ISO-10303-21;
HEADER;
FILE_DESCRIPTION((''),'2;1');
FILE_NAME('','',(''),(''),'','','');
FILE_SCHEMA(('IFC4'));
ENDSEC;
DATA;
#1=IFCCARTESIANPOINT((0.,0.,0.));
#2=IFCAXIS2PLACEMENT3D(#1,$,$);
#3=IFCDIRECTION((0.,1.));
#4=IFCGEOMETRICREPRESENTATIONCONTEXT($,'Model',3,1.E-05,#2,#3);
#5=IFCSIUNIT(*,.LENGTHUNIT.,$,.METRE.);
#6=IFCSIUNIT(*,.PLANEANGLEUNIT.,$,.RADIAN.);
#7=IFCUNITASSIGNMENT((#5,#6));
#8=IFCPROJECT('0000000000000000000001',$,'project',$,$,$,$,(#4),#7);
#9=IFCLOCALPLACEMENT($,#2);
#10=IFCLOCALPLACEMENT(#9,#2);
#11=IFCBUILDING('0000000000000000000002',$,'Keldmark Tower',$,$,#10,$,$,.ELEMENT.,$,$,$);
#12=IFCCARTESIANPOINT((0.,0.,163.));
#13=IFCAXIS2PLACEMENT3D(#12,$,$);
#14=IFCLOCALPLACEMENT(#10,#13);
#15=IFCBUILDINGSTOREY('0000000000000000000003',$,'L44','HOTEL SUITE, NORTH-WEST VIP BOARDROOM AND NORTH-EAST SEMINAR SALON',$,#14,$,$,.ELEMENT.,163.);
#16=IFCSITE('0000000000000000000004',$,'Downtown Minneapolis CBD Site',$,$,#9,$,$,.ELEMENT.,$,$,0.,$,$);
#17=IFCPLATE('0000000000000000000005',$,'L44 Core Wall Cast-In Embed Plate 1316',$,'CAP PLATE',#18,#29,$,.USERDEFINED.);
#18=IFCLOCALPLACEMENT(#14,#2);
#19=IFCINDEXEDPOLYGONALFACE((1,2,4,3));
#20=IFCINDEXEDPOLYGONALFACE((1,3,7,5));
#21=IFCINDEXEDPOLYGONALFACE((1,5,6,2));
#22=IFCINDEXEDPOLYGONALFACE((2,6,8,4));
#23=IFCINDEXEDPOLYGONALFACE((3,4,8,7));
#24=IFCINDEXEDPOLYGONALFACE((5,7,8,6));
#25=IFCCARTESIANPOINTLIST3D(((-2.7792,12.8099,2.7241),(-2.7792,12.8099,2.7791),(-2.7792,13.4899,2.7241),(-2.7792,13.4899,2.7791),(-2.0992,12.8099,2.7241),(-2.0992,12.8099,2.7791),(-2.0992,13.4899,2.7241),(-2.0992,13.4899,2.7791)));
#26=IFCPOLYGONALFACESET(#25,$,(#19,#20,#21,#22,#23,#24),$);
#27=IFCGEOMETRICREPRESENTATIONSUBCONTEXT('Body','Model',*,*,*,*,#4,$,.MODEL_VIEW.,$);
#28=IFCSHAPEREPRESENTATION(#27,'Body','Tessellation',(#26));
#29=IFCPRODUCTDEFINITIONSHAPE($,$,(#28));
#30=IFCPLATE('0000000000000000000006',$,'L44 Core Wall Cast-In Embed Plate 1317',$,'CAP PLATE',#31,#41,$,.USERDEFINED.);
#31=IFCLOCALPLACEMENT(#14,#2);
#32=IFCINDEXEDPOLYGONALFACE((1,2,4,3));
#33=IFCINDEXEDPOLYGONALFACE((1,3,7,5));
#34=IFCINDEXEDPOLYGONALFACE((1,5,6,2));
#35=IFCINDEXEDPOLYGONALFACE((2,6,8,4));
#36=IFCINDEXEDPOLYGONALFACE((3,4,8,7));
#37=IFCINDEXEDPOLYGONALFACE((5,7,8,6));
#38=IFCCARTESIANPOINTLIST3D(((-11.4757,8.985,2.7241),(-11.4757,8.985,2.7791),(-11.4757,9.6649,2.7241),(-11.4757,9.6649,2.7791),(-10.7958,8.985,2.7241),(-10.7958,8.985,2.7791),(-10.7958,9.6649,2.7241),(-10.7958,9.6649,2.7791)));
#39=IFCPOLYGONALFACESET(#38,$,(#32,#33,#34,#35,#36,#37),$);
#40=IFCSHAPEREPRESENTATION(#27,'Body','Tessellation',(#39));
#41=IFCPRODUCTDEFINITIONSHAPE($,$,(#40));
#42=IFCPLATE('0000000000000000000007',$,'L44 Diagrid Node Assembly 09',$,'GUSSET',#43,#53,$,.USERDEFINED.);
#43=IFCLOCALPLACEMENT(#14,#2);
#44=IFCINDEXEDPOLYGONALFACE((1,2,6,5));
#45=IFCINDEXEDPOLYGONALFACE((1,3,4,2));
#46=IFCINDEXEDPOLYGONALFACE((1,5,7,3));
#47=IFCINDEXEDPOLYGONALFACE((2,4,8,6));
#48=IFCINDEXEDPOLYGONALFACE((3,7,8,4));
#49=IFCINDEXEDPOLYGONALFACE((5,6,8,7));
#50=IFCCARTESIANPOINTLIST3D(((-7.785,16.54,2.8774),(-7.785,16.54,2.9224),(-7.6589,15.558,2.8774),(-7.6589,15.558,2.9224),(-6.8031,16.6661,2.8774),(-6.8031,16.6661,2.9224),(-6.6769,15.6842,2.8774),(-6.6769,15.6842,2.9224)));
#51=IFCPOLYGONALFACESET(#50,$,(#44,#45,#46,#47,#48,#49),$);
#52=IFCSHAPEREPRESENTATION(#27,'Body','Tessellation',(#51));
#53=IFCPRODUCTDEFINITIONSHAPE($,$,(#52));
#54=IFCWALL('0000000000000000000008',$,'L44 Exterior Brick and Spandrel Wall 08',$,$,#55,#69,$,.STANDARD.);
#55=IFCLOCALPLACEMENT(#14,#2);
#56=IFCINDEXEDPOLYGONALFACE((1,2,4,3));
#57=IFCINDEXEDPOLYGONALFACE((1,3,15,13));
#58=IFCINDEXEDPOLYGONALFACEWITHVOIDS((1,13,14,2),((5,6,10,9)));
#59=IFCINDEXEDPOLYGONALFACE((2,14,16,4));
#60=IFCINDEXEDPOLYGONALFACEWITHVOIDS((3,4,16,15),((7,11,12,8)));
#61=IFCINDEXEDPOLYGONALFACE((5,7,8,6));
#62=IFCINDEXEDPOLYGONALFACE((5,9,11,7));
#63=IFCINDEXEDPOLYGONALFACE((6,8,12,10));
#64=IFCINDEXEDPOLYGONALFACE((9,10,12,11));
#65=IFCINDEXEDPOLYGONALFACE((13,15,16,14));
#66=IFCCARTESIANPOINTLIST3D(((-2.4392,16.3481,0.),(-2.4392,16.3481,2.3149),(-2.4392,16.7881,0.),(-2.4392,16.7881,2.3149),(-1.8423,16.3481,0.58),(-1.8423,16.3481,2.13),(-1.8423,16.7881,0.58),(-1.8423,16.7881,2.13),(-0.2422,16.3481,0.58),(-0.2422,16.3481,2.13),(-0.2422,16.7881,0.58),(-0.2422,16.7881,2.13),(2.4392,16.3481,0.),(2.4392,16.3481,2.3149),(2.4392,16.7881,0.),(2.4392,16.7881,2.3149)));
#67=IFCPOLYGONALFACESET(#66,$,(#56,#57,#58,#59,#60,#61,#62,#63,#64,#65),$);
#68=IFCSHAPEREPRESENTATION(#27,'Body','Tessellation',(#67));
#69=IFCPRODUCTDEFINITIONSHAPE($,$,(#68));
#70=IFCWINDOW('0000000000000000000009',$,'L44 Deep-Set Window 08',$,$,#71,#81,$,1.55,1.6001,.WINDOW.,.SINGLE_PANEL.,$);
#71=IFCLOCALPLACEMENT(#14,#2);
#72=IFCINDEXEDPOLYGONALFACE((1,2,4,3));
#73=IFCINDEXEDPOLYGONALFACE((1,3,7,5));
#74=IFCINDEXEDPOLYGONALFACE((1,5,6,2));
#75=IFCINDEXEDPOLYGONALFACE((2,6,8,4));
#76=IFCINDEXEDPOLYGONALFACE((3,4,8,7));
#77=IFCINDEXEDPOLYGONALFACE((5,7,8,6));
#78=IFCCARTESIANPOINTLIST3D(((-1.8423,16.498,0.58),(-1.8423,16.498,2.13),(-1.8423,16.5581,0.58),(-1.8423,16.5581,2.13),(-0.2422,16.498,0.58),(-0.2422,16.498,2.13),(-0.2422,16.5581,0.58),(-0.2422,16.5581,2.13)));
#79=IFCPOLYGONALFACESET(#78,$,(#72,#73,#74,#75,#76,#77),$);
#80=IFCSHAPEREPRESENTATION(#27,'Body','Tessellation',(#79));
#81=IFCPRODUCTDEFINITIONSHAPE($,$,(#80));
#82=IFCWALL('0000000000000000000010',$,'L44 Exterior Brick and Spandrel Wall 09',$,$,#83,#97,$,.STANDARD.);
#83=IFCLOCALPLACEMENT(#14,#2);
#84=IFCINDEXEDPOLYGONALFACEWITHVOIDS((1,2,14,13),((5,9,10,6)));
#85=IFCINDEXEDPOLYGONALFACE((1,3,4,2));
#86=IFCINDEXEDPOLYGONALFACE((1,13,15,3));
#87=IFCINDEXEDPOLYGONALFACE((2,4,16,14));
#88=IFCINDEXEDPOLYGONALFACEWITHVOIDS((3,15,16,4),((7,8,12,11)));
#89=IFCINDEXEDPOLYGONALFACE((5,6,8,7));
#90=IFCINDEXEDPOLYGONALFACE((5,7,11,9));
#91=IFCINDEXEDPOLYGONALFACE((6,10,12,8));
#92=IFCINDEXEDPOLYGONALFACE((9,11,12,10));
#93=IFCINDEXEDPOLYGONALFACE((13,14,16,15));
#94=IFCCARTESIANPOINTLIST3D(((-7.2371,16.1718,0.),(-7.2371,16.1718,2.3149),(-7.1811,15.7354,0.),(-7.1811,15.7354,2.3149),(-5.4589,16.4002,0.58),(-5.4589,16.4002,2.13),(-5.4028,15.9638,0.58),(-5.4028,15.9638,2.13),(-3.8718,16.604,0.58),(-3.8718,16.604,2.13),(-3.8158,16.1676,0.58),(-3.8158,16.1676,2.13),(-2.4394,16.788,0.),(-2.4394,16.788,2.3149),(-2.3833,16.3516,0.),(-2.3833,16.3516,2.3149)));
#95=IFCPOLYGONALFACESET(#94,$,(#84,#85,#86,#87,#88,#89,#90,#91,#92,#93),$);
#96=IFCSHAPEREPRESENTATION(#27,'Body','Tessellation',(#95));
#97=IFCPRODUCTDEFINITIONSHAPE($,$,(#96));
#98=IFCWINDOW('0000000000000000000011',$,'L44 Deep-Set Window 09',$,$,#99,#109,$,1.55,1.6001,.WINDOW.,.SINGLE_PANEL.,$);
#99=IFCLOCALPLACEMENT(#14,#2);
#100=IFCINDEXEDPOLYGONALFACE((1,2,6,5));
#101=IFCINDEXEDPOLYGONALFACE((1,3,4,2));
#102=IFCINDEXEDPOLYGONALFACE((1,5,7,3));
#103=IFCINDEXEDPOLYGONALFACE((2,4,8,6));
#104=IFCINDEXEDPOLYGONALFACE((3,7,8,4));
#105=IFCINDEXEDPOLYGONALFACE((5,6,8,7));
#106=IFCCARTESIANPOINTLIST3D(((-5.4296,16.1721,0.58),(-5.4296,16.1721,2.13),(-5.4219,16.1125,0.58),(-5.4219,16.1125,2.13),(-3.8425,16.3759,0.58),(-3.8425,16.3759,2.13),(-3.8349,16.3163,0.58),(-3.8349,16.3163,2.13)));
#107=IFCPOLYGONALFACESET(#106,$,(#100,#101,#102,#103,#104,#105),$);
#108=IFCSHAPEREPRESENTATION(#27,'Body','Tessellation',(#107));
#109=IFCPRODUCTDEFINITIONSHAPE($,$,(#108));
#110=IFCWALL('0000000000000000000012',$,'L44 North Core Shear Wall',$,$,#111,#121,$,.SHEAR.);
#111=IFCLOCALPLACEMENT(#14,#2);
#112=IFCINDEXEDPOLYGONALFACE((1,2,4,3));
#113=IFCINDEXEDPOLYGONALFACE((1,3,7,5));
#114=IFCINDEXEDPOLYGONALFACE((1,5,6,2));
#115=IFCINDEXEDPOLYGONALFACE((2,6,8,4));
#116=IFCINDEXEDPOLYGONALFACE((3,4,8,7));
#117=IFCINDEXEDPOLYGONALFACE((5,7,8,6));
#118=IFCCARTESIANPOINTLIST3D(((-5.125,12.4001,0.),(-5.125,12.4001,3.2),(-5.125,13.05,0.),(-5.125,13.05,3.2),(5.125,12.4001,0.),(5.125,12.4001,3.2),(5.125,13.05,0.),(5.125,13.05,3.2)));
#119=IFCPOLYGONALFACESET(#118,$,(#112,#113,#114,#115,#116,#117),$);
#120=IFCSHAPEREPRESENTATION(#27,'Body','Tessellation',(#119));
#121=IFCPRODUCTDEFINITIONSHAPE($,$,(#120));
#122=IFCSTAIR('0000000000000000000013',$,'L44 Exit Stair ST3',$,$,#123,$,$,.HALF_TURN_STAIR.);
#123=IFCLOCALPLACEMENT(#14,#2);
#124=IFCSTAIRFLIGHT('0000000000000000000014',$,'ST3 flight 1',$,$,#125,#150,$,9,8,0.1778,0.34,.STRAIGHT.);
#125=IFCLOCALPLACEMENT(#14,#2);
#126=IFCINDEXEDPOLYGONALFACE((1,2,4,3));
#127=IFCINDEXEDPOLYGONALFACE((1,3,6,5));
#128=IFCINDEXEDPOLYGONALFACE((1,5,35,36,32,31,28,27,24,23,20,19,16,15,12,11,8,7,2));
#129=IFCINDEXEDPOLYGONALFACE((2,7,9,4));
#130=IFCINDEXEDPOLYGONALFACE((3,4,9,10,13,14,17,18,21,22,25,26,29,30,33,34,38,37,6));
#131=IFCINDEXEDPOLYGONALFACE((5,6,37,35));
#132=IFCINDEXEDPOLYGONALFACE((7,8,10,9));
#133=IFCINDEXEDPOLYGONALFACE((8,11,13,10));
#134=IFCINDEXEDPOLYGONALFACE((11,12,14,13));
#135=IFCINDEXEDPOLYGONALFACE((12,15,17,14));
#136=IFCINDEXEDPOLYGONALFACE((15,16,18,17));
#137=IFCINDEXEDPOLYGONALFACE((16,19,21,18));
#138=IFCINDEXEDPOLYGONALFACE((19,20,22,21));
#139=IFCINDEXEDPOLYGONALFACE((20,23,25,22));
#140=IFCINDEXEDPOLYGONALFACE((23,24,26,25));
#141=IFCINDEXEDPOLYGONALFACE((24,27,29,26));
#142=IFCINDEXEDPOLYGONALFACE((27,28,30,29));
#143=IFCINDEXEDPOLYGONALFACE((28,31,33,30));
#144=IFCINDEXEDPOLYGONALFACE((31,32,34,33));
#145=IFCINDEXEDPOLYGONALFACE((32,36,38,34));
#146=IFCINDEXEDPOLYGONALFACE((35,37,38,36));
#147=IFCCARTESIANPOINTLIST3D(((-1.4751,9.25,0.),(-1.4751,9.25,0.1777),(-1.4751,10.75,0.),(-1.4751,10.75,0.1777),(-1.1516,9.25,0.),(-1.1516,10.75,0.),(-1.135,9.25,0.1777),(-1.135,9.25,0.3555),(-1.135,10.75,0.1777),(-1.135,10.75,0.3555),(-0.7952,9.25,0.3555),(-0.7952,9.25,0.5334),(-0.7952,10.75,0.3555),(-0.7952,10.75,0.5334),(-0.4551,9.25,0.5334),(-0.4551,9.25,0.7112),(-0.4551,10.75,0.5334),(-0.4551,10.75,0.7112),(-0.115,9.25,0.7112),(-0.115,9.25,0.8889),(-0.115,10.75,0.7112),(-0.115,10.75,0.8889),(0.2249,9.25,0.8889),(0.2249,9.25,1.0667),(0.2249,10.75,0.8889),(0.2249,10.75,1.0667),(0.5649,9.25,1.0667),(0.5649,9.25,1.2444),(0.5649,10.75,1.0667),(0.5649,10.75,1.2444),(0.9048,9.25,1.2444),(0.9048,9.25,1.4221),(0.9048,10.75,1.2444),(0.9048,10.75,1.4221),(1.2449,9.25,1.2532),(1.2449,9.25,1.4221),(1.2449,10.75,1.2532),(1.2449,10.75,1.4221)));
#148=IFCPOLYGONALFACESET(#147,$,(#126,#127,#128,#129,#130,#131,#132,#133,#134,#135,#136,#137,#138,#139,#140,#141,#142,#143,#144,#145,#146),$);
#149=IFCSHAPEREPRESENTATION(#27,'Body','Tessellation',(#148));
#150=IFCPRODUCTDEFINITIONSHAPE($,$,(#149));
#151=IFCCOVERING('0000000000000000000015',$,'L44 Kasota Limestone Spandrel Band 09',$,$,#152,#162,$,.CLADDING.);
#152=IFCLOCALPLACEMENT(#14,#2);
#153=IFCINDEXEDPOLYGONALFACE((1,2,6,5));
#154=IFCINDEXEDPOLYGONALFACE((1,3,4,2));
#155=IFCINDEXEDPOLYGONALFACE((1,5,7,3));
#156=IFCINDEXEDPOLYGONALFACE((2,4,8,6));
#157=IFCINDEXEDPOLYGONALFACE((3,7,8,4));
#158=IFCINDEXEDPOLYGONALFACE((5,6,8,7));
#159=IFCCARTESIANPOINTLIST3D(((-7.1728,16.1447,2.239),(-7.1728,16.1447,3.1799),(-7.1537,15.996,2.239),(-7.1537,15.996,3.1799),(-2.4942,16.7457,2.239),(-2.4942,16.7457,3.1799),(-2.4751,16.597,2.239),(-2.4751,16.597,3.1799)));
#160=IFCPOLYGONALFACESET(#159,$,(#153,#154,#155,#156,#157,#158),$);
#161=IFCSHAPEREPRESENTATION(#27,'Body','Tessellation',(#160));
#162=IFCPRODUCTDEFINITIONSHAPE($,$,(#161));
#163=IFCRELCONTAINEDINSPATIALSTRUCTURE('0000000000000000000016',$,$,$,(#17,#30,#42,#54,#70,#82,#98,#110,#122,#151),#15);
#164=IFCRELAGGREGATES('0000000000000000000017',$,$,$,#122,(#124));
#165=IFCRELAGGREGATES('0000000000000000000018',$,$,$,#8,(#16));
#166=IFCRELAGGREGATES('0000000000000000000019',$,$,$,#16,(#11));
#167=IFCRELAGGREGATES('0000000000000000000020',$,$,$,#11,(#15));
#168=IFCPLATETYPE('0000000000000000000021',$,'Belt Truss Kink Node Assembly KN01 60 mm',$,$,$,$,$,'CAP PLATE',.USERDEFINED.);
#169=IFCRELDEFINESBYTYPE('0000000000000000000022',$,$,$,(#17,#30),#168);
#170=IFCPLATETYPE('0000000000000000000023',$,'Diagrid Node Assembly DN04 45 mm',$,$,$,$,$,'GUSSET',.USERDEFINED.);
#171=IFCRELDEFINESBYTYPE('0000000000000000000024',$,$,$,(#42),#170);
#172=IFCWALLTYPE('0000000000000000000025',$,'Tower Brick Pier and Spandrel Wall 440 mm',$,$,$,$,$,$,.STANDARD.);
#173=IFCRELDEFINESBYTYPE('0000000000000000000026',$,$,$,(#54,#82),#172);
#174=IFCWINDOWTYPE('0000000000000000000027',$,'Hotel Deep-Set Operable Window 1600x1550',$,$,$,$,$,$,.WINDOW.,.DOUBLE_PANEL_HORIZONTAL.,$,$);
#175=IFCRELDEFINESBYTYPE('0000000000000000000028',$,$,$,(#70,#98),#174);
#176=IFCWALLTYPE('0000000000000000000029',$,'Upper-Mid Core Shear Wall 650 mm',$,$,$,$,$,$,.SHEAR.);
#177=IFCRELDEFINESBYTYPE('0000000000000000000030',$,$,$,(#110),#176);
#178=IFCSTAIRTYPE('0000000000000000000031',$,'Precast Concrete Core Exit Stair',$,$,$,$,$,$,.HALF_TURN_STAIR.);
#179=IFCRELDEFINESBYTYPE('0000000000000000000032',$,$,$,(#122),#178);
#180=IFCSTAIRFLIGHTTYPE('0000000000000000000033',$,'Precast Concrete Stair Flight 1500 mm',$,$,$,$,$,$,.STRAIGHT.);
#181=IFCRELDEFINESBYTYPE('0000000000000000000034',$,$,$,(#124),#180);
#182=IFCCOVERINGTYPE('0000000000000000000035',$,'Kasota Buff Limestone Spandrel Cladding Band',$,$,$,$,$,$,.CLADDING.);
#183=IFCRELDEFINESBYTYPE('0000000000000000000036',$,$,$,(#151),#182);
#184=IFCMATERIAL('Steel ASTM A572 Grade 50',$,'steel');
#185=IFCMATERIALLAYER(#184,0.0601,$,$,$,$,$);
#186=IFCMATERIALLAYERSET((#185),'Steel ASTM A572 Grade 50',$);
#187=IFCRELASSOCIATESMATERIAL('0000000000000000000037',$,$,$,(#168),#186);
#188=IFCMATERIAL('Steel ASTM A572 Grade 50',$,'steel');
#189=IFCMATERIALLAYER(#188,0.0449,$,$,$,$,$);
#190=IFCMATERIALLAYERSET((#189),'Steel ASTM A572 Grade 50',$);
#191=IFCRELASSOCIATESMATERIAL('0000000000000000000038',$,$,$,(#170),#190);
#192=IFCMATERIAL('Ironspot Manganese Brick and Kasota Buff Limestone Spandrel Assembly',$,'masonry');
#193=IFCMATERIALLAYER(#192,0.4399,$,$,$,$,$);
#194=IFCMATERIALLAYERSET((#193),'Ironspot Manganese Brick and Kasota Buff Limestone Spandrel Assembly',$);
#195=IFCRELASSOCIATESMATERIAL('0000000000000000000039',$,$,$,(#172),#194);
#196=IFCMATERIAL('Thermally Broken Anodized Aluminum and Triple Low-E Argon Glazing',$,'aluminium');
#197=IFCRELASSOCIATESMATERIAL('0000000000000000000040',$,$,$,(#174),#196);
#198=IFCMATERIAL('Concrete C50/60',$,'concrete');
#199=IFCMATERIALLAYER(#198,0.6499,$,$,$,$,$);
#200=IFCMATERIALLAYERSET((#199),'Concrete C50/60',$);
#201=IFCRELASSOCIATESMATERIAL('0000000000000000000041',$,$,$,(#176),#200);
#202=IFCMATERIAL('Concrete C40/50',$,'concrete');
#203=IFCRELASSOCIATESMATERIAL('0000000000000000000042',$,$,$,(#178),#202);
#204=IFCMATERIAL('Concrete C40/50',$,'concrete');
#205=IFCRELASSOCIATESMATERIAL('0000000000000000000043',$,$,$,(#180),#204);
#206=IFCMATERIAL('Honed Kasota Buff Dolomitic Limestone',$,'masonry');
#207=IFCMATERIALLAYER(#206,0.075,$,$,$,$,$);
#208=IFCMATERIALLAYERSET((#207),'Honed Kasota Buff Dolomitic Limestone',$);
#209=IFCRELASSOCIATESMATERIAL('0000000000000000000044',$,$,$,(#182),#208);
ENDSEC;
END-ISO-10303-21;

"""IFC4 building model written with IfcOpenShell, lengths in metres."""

from ifc_helpers import new_model, si_unit, direction, frame, frame_2d, origin, origin_2d, place, context, subcontext, project, spatial, polyline, rectangle, outline, extrude, material, layer, layer_set, type_object, element, fill, aggregate, save


model = new_model("IFC4")

# Units and contexts
model_context = context("Model", 3, precision=1e-05, world=origin(), true_north=direction((0.0, 1.0)))
body_context = subcontext(model_context, "Body", "Model", "MODEL_VIEW")
ifc_project = project(units=[si_unit("LENGTHUNIT", "METRE"), si_unit("PLANEANGLEUNIT", "RADIAN")], contexts=[model_context])

# Site, building, storey
site_placement = place(None, origin())
site = spatial("IfcSite", under=ifc_project, at=site_placement, Name="Downtown Minneapolis CBD Site", CompositionType="ELEMENT", RefElevation=0.0)
building_placement = place(site_placement, origin())
building = spatial("IfcBuilding", under=site, at=building_placement, Name="Keldmark Tower", CompositionType="ELEMENT")
storey_placement = place(building_placement, frame((0.0, 0.0, 163.0)))
storey = spatial("IfcBuildingStorey", under=building, at=storey_placement, Name="L44", Description="HOTEL SUITE, NORTH-WEST VIP BOARDROOM AND NORTH-EAST SEMINAR SALON", CompositionType="ELEMENT", Elevation=163.0)

# Plates
ifc_material_1 = material(Name="Steel ASTM A572 Grade 50", Category="steel")
ifc_layer_1 = layer(ifc_material_1, 0.0601)
ifc_layer_set_1 = layer_set([ifc_layer_1], Name="Steel ASTM A572 Grade 50")
plate_type_1 = type_object("IfcPlateType", Name="Belt Truss Kink Node Assembly KN01 60 mm", ElementType="CAP PLATE", PredefinedType="USERDEFINED", material=ifc_layer_set_1)
for number, where, z_axis, x_axis, name in (
    (1, (-2.4392, 13.1499, 2.7241), (0.0, 0.0, 1.0), (1.0, 0.0, 0.0), "L44 Core Wall Cast-In Embed Plate 1316"),
    (2, (-11.1357, 9.325, 2.7241), (0.0, 0.0, 1.0), (1.0, 0.0, 0.0), "L44 Core Wall Cast-In Embed Plate 1317"),
):
    element("IfcPlate", number, at=place(storey_placement, frame(where, z_axis=z_axis, x_axis=x_axis)), inside=storey, type_object=plate_type_1, Name=name, ObjectType="CAP PLATE", PredefinedType="USERDEFINED", context=body_context, shape_type="SweptSolid", body=[
        extrude(rectangle(XDim=0.6799, YDim=0.6799, at=origin_2d()), origin(), (0.0, 0.0, 1.0), 0.0549),
    ])
ifc_material_2 = material(Name="Steel ASTM A572 Grade 50", Category="steel")
ifc_layer_2 = layer(ifc_material_2, 0.0449)
ifc_layer_set_2 = layer_set([ifc_layer_2], Name="Steel ASTM A572 Grade 50")
plate_type_2 = type_object("IfcPlateType", Name="Diagrid Node Assembly DN04 45 mm", ElementType="GUSSET", PredefinedType="USERDEFINED", material=ifc_layer_set_2)
plate_placement = place(storey_placement, frame((-7.231, 16.1121, 2.8774), z_axis=(0.0, 0.0, 1.0), x_axis=(-0.99185, -0.127411, 0.0)))
element("IfcPlate", 3, at=plate_placement, inside=storey, type_object=plate_type_2, Name="L44 Diagrid Node Assembly 09", ObjectType="GUSSET", PredefinedType="USERDEFINED", context=body_context, shape_type="SweptSolid", body=[
    extrude(rectangle(XDim=0.99, YDim=0.99, at=origin_2d()), origin(), (0.0, 0.0, 1.0), 0.0449),
])

# Walls, openings, windows
ifc_material_3 = material(Name="Ironspot Manganese Brick and Kasota Buff Limestone Spandrel Assembly", Category="masonry")
ifc_layer_3 = layer(ifc_material_3, 0.4399)
ifc_layer_set_3 = layer_set([ifc_layer_3], Name="Ironspot Manganese Brick and Kasota Buff Limestone Spandrel Assembly")
wall_type_1 = type_object("IfcWallType", Name="Tower Brick Pier and Spandrel Wall 440 mm", PredefinedType="STANDARD", material=ifc_layer_set_3)
wall_1_placement = place(storey_placement, frame((-2.4392, 16.5681, 0.0), z_axis=(0.0, 0.0, 1.0), x_axis=(1.0, 0.0, 0.0)))
wall_1 = element("IfcWall", 4, at=wall_1_placement, inside=storey, type_object=wall_type_1, Name="L44 Exterior Brick and Spandrel Wall 08", PredefinedType="STANDARD", context=body_context, shape_type="SweptSolid", body=[
    extrude(rectangle(XDim=4.8784, YDim=0.4399, at=frame_2d((2.4392, 0.0))), origin(), (0.0, 0.0, 1.0), 2.3149),
])
opening_1_placement = place(wall_1_placement, frame((0.5969, 0.0, 0.5801)))
opening_1 = element("IfcOpeningElement", 5, at=opening_1_placement, cuts=wall_1, PredefinedType="OPENING", context=body_context, shape_type="SweptSolid", body=[
    extrude(rectangle(XDim=1.6001, YDim=1.55, at=frame_2d((0.8, 0.7749))), frame((0.0, 0.23, 0.0), z_axis=(0.0, -1.0, 0.0), x_axis=(1.0, 0.0, 0.0)), (0.0, 0.0, 1.0), 0.46),
])
ifc_material_4 = material(Name="Thermally Broken Anodized Aluminum and Triple Low-E Argon Glazing", Category="aluminium")
window_type = type_object("IfcWindowType", Name="Hotel Deep-Set Operable Window 1600x1550", PartitioningType="DOUBLE_PANEL_HORIZONTAL", PredefinedType="WINDOW", material=ifc_material_4)
window_1_placement = place(opening_1_placement, origin())
window_1 = element("IfcWindow", 6, at=window_1_placement, inside=storey, type_object=window_type, Name="L44 Deep-Set Window 08", OverallHeight=1.55, OverallWidth=1.6001, PartitioningType="SINGLE_PANEL", PredefinedType="WINDOW", context=body_context, shape_type="SweptSolid", body=[
    extrude(rectangle(XDim=1.6001, YDim=1.55, at=frame_2d((0.8, 0.7749))), frame((0.0, -0.01, 0.0), z_axis=(0.0, -1.0, 0.0), x_axis=(1.0, 0.0, 0.0)), (0.0, 0.0, 1.0), 0.0601),
])
fill(opening_1, window_1)
wall_2_placement = place(storey_placement, frame((-7.209, 15.9536, 0.0), z_axis=(0.0, 0.0, 1.0), x_axis=(0.991853, 0.127388, 0.0)))
wall_2 = element("IfcWall", 7, at=wall_2_placement, inside=storey, type_object=wall_type_1, Name="L44 Exterior Brick and Spandrel Wall 09", PredefinedType="STANDARD", context=body_context, shape_type="SweptSolid", body=[
    extrude(rectangle(XDim=4.8372, YDim=0.4399, at=frame_2d((2.4185, 0.0))), origin(), (0.0, 0.0, 1.0), 2.3149),
])
opening_2_placement = place(wall_2_placement, frame((1.7927, 0.0, 0.5801)))
opening_2 = element("IfcOpeningElement", 8, at=opening_2_placement, cuts=wall_2, PredefinedType="OPENING", context=body_context, shape_type="SweptSolid", body=[
    extrude(rectangle(XDim=1.6001, YDim=1.55, at=frame_2d((0.8, 0.7749))), frame((0.0, 0.23, 0.0), z_axis=(0.0, -1.0, 0.0), x_axis=(1.0, 0.0, 0.0)), (0.0, 0.0, 1.0), 0.46),
])
window_2_placement = place(opening_2_placement, origin())
window_2 = element("IfcWindow", 9, at=window_2_placement, inside=storey, type_object=window_type, Name="L44 Deep-Set Window 09", OverallHeight=1.55, OverallWidth=1.6001, PartitioningType="SINGLE_PANEL", PredefinedType="WINDOW", context=body_context, shape_type="SweptSolid", body=[
    extrude(rectangle(XDim=1.6001, YDim=1.55, at=frame_2d((0.8, 0.7749))), frame((0.0, -0.01, 0.0), z_axis=(0.0, -1.0, 0.0), x_axis=(1.0, 0.0, 0.0)), (0.0, 0.0, 1.0), 0.0601),
])
fill(opening_2, window_2)

# Wall
ifc_material_5 = material(Name="Concrete C50/60", Category="concrete")
ifc_layer_4 = layer(ifc_material_5, 0.6499)
ifc_layer_set_4 = layer_set([ifc_layer_4], Name="Concrete C50/60")
wall_type_2 = type_object("IfcWallType", Name="Upper-Mid Core Shear Wall 650 mm", PredefinedType="SHEAR", material=ifc_layer_set_4)
wall_3_placement = place(storey_placement, frame((-5.125, 12.7251, 0.0), z_axis=(0.0, 0.0, 1.0), x_axis=(1.0, 0.0, 0.0)))
element("IfcWall", 10, at=wall_3_placement, inside=storey, type_object=wall_type_2, Name="L44 North Core Shear Wall", PredefinedType="SHEAR", context=body_context, shape_type="SweptSolid", body=[
    extrude(rectangle(XDim=10.25, YDim=0.6499, at=frame_2d((5.125, 0.0))), origin(), (0.0, 0.0, 1.0), 3.2),
])

# Stair, stair flight
ifc_material_6 = material(Name="Concrete C40/50", Category="concrete")
stair_type = type_object("IfcStairType", Name="Precast Concrete Core Exit Stair", PredefinedType="HALF_TURN_STAIR", material=ifc_material_6)
stair_placement = place(storey_placement, origin())
stair = element("IfcStair", 11, at=stair_placement, inside=storey, type_object=stair_type, Name="L44 Exit Stair ST3", PredefinedType="HALF_TURN_STAIR")
ifc_material_7 = material(Name="Concrete C40/50", Category="concrete")
stair_flight_type = type_object("IfcStairFlightType", Name="Precast Concrete Stair Flight 1500 mm", PredefinedType="STRAIGHT", material=ifc_material_7)
stair_flight_placement = place(storey_placement, frame((-1.4751, 10.0, 0.0), z_axis=(0.0, 0.0, 1.0), x_axis=(1.0, 0.0, 0.0)))
stair_flight = element("IfcStairFlight", 12, at=stair_flight_placement, type_object=stair_flight_type, Name="ST3 flight 1", NumberOfRisers=9, NumberOfTreads=8, PredefinedType="STRAIGHT", RiserHeight=0.1778, TreadLength=0.34, context=body_context, shape_type="SweptSolid", body=[
    extrude(outline(polyline([(0.0, 0.0), (0.0, 0.1777), (0.3401, 0.1777), (0.3401, 0.3555), (0.6799, 0.3555), (0.6799, 0.5334), (1.02, 0.5334), (1.02, 0.7112), (1.3601, 0.7112), (1.3601, 0.8889), (1.7, 0.8889), (1.7, 1.0667), (2.04, 1.0667), (2.04, 1.2444), (2.3799, 1.2444), (2.3799, 1.4221), (2.72, 1.4221), (2.72, 1.6001), (2.72, 1.2532), (0.3235, 0.0), (0.0, 0.0)])), frame((0.0, 0.75, 0.0), z_axis=(0.0, -1.0, 0.0), x_axis=(1.0, 0.0, 0.0)), (0.0, 0.0, 1.0), 1.5),
])
aggregate(stair, [stair_flight])

# Covering
ifc_material_8 = material(Name="Honed Kasota Buff Dolomitic Limestone", Category="masonry")
ifc_layer_5 = layer(ifc_material_8, 0.075)
ifc_layer_set_5 = layer_set([ifc_layer_5], Name="Honed Kasota Buff Dolomitic Limestone")
covering_type = type_object("IfcCoveringType", Name="Kasota Buff Limestone Spandrel Cladding Band", PredefinedType="CLADDING", material=ifc_layer_set_5)
covering_placement = place(storey_placement, frame((-4.824, 16.3708, 2.239), z_axis=(0.0, 0.0, 1.0), x_axis=(-0.99185, -0.127411, 0.0)))
element("IfcCovering", 13, at=covering_placement, inside=storey, type_object=covering_type, Name="L44 Kasota Limestone Spandrel Band 09", PredefinedType="CLADDING", context=body_context, shape_type="SweptSolid", body=[
    extrude(rectangle(XDim=4.717, YDim=0.1499, at=origin_2d()), origin(), (0.0, 0.0, 1.0), 0.9409),
])

save(model, "model.ifc")
